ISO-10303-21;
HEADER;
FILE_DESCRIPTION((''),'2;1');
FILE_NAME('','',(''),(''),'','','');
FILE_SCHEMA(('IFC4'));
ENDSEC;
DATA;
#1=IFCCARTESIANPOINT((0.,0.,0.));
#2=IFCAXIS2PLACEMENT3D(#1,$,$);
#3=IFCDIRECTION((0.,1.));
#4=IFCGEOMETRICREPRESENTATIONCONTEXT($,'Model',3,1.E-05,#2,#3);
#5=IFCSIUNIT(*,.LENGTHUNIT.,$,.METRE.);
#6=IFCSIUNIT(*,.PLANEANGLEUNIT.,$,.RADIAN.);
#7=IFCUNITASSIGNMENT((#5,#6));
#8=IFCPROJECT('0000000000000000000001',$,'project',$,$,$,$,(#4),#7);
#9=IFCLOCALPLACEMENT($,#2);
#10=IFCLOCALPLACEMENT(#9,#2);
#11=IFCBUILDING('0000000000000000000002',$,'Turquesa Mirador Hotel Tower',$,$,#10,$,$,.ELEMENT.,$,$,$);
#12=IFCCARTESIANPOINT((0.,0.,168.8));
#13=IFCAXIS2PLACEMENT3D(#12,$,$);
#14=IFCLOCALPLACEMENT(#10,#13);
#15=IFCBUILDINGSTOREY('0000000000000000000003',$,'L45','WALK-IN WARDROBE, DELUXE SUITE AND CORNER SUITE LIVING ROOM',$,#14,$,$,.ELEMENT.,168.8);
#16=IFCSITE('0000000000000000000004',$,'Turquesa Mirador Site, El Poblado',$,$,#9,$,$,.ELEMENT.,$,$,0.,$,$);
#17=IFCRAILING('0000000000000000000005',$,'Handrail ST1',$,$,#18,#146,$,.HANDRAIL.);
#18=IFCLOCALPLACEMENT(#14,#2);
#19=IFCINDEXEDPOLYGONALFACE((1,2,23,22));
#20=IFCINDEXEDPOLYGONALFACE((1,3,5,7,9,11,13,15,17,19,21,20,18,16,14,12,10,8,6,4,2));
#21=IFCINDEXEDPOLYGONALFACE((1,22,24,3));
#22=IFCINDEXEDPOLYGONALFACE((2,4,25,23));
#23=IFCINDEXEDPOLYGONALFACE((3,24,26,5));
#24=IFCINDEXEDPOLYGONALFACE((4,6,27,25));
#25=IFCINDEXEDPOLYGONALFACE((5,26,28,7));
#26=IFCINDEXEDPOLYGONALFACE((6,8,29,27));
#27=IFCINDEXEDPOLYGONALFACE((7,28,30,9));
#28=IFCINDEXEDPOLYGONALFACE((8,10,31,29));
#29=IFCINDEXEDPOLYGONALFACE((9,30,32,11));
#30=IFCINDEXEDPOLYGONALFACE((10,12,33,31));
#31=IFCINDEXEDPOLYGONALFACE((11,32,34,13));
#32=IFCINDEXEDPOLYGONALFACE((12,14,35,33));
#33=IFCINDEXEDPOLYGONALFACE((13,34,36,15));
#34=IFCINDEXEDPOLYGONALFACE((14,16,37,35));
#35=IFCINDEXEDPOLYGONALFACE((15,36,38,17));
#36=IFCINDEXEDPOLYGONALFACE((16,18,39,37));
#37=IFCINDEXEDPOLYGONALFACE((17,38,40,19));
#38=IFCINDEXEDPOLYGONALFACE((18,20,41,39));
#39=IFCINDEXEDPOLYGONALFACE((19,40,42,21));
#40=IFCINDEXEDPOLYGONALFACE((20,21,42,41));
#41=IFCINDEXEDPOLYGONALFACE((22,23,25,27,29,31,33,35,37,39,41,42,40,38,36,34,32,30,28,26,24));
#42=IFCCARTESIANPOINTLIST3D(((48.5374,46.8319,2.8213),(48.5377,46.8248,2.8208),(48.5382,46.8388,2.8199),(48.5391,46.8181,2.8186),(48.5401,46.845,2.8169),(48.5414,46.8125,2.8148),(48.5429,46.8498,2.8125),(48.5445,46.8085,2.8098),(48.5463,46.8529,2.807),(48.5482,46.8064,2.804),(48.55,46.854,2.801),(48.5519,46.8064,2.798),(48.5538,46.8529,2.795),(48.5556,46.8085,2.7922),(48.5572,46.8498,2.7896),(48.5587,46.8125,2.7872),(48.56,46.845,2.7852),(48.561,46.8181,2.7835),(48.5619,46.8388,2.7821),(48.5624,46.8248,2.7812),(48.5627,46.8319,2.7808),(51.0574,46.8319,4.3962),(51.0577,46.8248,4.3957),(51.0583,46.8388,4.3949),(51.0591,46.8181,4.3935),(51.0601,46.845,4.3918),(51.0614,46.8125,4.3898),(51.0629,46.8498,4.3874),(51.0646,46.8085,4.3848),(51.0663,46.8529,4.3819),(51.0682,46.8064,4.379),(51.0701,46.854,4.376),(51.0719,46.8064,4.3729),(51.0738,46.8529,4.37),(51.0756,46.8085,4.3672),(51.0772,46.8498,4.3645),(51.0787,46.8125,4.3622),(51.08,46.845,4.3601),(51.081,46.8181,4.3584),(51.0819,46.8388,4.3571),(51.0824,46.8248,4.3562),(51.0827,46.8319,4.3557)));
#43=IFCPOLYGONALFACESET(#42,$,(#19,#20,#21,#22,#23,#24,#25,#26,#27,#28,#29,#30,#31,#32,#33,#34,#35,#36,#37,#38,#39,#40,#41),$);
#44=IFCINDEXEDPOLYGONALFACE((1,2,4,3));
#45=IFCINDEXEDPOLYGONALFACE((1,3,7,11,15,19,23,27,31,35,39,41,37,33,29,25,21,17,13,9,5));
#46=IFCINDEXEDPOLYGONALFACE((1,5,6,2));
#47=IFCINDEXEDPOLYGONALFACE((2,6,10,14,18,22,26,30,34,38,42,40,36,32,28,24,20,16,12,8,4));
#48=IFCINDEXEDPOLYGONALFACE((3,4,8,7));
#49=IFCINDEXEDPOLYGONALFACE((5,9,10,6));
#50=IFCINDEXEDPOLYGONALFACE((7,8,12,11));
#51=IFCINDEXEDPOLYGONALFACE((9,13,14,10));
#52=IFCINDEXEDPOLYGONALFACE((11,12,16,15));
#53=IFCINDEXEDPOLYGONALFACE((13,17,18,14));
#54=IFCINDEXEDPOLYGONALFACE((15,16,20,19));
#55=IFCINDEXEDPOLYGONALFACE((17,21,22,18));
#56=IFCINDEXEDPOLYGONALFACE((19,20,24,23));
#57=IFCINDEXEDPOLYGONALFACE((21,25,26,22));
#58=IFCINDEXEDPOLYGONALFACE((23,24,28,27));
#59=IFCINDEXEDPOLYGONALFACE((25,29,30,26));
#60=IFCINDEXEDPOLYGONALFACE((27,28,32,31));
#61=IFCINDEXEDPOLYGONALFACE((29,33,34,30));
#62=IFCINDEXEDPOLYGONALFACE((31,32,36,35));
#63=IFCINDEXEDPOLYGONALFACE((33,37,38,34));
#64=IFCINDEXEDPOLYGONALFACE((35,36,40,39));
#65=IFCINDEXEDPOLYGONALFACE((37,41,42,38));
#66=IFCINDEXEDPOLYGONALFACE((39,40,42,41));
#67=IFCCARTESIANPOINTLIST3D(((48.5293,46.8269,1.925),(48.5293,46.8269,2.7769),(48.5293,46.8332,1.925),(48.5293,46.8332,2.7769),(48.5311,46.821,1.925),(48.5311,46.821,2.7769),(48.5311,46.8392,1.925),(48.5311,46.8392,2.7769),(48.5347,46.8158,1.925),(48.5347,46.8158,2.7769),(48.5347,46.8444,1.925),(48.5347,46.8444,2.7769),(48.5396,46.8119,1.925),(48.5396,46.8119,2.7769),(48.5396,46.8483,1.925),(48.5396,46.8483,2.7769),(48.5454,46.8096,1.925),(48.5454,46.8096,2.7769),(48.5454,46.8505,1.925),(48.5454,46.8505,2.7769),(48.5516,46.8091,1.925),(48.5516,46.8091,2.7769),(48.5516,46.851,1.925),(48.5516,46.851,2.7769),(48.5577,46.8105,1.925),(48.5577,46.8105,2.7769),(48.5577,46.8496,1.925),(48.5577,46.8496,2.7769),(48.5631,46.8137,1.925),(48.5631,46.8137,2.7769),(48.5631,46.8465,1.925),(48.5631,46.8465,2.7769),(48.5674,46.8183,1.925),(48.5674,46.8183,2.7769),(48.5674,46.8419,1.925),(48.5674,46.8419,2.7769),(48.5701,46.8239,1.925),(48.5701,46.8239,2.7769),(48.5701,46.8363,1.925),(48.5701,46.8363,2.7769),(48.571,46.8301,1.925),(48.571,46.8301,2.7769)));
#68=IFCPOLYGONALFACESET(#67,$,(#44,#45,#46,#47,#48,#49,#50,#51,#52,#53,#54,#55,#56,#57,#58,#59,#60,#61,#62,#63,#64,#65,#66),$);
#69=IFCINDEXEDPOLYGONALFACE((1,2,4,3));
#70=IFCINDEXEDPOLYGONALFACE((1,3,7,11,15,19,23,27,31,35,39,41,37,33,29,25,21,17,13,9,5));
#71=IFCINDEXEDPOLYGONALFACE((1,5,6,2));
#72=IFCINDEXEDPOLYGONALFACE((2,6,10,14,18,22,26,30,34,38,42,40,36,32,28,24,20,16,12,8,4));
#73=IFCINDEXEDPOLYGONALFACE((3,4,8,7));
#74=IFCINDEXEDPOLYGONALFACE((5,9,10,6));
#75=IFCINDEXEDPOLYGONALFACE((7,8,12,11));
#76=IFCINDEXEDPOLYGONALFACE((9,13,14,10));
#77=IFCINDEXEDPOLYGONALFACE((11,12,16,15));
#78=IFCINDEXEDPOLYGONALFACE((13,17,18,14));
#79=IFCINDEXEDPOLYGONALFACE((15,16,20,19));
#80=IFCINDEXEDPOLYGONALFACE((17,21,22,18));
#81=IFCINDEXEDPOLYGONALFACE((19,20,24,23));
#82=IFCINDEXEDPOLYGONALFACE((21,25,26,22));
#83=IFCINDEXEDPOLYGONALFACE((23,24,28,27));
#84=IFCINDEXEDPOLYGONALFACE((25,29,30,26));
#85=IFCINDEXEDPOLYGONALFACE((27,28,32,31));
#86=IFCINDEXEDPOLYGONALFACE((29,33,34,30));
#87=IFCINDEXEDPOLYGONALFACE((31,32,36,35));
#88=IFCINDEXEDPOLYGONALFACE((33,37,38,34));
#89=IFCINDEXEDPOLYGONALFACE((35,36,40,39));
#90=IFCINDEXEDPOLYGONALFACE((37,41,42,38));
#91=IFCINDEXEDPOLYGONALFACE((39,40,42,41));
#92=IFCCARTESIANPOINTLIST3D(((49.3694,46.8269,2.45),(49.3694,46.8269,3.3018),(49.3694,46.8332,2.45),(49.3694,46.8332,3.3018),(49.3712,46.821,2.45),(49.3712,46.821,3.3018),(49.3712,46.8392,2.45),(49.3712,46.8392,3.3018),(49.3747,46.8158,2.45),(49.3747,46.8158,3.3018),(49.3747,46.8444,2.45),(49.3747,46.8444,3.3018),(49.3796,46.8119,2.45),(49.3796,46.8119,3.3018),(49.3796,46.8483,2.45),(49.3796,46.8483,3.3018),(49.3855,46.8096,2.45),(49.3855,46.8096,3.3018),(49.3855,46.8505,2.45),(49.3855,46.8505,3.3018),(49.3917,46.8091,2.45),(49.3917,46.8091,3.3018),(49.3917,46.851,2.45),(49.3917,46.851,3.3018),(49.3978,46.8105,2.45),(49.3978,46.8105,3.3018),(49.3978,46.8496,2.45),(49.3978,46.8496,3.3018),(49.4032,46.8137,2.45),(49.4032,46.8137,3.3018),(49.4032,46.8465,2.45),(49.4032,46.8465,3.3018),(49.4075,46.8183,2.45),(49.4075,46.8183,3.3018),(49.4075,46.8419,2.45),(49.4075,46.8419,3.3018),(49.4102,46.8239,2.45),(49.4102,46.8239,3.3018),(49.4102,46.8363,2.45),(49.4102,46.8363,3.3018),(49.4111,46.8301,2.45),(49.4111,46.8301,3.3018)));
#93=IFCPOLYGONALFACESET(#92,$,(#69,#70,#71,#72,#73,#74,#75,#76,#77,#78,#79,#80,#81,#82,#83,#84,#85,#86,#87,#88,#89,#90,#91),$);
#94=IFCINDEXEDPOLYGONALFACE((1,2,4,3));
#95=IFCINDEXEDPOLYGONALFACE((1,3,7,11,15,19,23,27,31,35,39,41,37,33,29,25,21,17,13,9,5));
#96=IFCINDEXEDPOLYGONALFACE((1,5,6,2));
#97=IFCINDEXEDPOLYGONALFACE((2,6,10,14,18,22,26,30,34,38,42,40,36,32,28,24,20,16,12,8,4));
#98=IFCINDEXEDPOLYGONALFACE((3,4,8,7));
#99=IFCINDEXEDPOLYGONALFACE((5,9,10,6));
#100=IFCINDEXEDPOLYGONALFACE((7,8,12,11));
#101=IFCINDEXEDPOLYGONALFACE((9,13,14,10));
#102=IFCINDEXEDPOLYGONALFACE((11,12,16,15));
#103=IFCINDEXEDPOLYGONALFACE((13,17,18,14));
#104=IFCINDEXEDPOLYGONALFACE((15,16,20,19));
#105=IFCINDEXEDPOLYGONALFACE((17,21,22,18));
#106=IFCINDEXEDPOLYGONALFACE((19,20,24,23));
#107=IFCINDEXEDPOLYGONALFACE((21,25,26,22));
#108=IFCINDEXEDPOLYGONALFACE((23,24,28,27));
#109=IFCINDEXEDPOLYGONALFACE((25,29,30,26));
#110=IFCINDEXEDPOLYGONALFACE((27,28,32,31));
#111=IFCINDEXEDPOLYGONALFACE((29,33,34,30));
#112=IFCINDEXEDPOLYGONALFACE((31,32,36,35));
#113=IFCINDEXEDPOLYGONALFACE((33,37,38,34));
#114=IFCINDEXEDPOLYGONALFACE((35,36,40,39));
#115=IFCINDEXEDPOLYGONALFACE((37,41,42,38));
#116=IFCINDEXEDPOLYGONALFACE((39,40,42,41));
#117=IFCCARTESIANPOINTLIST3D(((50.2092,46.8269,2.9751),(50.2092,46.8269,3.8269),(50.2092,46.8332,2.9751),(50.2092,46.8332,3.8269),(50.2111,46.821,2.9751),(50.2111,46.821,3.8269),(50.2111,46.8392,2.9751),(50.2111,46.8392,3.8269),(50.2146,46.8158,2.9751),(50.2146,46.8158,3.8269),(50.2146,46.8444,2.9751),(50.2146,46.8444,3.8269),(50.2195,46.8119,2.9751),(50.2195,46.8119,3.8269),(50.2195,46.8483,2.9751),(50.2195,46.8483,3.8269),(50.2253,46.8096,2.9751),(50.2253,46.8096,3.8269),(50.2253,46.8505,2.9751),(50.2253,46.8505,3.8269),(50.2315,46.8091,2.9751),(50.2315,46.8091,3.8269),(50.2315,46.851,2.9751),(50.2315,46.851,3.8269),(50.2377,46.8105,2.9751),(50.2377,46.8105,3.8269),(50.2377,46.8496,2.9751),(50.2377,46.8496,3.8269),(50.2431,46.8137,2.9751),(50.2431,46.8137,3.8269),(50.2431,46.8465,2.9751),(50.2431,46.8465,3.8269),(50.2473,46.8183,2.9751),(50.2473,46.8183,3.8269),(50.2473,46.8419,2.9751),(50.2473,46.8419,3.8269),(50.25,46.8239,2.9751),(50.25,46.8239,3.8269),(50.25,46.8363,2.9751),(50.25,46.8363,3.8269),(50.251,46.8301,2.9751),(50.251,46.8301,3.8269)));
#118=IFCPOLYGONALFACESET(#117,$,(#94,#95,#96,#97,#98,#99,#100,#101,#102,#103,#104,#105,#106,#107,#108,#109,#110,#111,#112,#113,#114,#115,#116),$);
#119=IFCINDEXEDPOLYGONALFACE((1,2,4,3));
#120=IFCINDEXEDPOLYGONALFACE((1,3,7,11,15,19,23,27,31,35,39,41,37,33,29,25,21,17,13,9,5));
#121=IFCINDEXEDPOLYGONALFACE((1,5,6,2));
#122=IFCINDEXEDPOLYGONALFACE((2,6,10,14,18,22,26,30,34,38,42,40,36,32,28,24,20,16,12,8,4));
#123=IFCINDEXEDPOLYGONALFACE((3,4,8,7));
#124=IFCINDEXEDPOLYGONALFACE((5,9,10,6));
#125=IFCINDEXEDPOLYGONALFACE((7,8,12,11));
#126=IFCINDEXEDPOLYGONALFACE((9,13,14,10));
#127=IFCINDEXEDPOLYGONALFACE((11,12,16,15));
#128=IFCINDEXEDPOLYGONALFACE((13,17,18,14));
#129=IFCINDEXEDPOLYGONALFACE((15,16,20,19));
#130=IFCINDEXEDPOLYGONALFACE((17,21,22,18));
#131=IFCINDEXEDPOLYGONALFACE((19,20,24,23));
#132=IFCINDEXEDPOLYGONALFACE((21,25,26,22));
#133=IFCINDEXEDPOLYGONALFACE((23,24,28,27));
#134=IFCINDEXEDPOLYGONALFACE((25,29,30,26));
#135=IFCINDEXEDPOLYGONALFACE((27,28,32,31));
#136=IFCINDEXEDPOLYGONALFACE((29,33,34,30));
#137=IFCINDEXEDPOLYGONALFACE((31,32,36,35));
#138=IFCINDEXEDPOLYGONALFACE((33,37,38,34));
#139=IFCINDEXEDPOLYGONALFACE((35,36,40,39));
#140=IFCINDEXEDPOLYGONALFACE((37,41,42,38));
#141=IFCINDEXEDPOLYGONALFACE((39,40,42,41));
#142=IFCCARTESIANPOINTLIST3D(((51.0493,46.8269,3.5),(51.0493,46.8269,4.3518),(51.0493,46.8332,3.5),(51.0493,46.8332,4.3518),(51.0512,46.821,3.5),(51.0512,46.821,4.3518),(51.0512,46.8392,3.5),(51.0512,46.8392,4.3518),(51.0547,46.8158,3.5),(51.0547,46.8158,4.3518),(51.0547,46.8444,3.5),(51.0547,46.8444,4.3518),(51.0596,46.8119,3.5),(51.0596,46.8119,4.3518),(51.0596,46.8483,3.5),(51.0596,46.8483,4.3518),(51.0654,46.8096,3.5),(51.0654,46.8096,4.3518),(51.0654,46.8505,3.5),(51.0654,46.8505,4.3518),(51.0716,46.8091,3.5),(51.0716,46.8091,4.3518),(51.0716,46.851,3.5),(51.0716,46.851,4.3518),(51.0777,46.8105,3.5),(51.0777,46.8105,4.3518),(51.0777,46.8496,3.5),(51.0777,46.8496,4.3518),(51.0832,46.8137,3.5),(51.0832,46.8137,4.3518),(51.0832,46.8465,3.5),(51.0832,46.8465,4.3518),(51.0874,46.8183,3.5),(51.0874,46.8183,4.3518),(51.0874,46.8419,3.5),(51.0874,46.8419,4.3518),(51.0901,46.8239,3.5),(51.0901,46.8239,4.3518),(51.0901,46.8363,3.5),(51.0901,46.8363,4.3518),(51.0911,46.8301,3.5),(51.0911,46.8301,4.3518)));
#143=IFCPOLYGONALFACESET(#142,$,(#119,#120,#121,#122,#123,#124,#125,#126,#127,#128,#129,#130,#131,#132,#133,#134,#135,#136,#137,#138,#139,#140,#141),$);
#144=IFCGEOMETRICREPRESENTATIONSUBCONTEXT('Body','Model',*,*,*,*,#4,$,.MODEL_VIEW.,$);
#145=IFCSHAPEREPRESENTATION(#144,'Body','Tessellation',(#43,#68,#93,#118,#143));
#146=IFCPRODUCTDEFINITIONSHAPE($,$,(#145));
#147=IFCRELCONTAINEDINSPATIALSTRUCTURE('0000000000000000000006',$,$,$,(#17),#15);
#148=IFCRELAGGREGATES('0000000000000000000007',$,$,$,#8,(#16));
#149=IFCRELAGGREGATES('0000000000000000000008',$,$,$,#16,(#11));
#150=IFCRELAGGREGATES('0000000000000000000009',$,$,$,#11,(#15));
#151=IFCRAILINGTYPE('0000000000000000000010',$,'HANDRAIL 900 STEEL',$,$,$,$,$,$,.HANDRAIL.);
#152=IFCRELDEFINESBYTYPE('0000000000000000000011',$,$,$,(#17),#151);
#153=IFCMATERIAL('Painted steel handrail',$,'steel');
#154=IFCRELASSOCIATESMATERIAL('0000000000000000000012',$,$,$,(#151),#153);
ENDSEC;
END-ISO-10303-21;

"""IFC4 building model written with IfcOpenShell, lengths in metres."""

from ifc_helpers import new_model, si_unit, direction, frame, origin, origin_2d, place, context, subcontext, project, spatial, circle, extrude, material, type_object, element, save


model = new_model("IFC4")

# Units and contexts
model_context = context("Model", 3, precision=1e-05, world=origin(), true_north=direction((0.0, 1.0)))
body_context = subcontext(model_context, "Body", "Model", "MODEL_VIEW")
ifc_project = project(units=[si_unit("LENGTHUNIT", "METRE"), si_unit("PLANEANGLEUNIT", "RADIAN")], contexts=[model_context])

# Site, building, storey
site_placement = place(None, origin())
site = spatial("IfcSite", under=ifc_project, at=site_placement, Name="Turquesa Mirador Site, El Poblado", CompositionType="ELEMENT", RefElevation=0.0)
building_placement = place(site_placement, origin())
building = spatial("IfcBuilding", under=site, at=building_placement, Name="Turquesa Mirador Hotel Tower", CompositionType="ELEMENT")
storey_placement = place(building_placement, frame((0.0, 0.0, 168.8)))
storey = spatial("IfcBuildingStorey", under=building, at=storey_placement, Name="L45", Description="WALK-IN WARDROBE, DELUXE SUITE AND CORNER SUITE LIVING ROOM", CompositionType="ELEMENT", Elevation=168.8)

# Railing
ifc_material_1 = material(Name="Painted steel handrail", Category="steel")
railing_type = type_object("IfcRailingType", Name="HANDRAIL 900 STEEL", PredefinedType="HANDRAIL", material=ifc_material_1)
for number, where, name in (
    (1, (48.55, 46.8301, 1.925), "Handrail ST1"),
):
    element("IfcRailing", number, at=place(storey_placement, frame(where)), inside=storey, type_object=railing_type, Name=name, PredefinedType="HANDRAIL", context=body_context, shape_type="SweptSolid", body=[
        extrude(circle(Radius=0.0239, at=origin_2d()), frame((0.0, 0.0, 0.876), z_axis=(0.848008, 0.0, 0.529984), x_axis=(0.0, 1.0, 0.0)), (0.0, 0.0, 1.0), 2.9717),
        extrude(circle(Radius=0.021, at=origin_2d()), origin(), (0.0, 0.0, 1.0), 0.8518),
        extrude(circle(Radius=0.021, at=origin_2d()), frame((0.8401, 0.0, 0.5249)), (0.0, 0.0, 1.0), 0.8518),
        extrude(circle(Radius=0.021, at=origin_2d()), frame((1.6799, 0.0, 1.05)), (0.0, 0.0, 1.0), 0.8518),
        extrude(circle(Radius=0.021, at=origin_2d()), frame((2.52, 0.0, 1.575)), (0.0, 0.0, 1.0), 0.8518),
    ])

save(model, "model.ifc")
